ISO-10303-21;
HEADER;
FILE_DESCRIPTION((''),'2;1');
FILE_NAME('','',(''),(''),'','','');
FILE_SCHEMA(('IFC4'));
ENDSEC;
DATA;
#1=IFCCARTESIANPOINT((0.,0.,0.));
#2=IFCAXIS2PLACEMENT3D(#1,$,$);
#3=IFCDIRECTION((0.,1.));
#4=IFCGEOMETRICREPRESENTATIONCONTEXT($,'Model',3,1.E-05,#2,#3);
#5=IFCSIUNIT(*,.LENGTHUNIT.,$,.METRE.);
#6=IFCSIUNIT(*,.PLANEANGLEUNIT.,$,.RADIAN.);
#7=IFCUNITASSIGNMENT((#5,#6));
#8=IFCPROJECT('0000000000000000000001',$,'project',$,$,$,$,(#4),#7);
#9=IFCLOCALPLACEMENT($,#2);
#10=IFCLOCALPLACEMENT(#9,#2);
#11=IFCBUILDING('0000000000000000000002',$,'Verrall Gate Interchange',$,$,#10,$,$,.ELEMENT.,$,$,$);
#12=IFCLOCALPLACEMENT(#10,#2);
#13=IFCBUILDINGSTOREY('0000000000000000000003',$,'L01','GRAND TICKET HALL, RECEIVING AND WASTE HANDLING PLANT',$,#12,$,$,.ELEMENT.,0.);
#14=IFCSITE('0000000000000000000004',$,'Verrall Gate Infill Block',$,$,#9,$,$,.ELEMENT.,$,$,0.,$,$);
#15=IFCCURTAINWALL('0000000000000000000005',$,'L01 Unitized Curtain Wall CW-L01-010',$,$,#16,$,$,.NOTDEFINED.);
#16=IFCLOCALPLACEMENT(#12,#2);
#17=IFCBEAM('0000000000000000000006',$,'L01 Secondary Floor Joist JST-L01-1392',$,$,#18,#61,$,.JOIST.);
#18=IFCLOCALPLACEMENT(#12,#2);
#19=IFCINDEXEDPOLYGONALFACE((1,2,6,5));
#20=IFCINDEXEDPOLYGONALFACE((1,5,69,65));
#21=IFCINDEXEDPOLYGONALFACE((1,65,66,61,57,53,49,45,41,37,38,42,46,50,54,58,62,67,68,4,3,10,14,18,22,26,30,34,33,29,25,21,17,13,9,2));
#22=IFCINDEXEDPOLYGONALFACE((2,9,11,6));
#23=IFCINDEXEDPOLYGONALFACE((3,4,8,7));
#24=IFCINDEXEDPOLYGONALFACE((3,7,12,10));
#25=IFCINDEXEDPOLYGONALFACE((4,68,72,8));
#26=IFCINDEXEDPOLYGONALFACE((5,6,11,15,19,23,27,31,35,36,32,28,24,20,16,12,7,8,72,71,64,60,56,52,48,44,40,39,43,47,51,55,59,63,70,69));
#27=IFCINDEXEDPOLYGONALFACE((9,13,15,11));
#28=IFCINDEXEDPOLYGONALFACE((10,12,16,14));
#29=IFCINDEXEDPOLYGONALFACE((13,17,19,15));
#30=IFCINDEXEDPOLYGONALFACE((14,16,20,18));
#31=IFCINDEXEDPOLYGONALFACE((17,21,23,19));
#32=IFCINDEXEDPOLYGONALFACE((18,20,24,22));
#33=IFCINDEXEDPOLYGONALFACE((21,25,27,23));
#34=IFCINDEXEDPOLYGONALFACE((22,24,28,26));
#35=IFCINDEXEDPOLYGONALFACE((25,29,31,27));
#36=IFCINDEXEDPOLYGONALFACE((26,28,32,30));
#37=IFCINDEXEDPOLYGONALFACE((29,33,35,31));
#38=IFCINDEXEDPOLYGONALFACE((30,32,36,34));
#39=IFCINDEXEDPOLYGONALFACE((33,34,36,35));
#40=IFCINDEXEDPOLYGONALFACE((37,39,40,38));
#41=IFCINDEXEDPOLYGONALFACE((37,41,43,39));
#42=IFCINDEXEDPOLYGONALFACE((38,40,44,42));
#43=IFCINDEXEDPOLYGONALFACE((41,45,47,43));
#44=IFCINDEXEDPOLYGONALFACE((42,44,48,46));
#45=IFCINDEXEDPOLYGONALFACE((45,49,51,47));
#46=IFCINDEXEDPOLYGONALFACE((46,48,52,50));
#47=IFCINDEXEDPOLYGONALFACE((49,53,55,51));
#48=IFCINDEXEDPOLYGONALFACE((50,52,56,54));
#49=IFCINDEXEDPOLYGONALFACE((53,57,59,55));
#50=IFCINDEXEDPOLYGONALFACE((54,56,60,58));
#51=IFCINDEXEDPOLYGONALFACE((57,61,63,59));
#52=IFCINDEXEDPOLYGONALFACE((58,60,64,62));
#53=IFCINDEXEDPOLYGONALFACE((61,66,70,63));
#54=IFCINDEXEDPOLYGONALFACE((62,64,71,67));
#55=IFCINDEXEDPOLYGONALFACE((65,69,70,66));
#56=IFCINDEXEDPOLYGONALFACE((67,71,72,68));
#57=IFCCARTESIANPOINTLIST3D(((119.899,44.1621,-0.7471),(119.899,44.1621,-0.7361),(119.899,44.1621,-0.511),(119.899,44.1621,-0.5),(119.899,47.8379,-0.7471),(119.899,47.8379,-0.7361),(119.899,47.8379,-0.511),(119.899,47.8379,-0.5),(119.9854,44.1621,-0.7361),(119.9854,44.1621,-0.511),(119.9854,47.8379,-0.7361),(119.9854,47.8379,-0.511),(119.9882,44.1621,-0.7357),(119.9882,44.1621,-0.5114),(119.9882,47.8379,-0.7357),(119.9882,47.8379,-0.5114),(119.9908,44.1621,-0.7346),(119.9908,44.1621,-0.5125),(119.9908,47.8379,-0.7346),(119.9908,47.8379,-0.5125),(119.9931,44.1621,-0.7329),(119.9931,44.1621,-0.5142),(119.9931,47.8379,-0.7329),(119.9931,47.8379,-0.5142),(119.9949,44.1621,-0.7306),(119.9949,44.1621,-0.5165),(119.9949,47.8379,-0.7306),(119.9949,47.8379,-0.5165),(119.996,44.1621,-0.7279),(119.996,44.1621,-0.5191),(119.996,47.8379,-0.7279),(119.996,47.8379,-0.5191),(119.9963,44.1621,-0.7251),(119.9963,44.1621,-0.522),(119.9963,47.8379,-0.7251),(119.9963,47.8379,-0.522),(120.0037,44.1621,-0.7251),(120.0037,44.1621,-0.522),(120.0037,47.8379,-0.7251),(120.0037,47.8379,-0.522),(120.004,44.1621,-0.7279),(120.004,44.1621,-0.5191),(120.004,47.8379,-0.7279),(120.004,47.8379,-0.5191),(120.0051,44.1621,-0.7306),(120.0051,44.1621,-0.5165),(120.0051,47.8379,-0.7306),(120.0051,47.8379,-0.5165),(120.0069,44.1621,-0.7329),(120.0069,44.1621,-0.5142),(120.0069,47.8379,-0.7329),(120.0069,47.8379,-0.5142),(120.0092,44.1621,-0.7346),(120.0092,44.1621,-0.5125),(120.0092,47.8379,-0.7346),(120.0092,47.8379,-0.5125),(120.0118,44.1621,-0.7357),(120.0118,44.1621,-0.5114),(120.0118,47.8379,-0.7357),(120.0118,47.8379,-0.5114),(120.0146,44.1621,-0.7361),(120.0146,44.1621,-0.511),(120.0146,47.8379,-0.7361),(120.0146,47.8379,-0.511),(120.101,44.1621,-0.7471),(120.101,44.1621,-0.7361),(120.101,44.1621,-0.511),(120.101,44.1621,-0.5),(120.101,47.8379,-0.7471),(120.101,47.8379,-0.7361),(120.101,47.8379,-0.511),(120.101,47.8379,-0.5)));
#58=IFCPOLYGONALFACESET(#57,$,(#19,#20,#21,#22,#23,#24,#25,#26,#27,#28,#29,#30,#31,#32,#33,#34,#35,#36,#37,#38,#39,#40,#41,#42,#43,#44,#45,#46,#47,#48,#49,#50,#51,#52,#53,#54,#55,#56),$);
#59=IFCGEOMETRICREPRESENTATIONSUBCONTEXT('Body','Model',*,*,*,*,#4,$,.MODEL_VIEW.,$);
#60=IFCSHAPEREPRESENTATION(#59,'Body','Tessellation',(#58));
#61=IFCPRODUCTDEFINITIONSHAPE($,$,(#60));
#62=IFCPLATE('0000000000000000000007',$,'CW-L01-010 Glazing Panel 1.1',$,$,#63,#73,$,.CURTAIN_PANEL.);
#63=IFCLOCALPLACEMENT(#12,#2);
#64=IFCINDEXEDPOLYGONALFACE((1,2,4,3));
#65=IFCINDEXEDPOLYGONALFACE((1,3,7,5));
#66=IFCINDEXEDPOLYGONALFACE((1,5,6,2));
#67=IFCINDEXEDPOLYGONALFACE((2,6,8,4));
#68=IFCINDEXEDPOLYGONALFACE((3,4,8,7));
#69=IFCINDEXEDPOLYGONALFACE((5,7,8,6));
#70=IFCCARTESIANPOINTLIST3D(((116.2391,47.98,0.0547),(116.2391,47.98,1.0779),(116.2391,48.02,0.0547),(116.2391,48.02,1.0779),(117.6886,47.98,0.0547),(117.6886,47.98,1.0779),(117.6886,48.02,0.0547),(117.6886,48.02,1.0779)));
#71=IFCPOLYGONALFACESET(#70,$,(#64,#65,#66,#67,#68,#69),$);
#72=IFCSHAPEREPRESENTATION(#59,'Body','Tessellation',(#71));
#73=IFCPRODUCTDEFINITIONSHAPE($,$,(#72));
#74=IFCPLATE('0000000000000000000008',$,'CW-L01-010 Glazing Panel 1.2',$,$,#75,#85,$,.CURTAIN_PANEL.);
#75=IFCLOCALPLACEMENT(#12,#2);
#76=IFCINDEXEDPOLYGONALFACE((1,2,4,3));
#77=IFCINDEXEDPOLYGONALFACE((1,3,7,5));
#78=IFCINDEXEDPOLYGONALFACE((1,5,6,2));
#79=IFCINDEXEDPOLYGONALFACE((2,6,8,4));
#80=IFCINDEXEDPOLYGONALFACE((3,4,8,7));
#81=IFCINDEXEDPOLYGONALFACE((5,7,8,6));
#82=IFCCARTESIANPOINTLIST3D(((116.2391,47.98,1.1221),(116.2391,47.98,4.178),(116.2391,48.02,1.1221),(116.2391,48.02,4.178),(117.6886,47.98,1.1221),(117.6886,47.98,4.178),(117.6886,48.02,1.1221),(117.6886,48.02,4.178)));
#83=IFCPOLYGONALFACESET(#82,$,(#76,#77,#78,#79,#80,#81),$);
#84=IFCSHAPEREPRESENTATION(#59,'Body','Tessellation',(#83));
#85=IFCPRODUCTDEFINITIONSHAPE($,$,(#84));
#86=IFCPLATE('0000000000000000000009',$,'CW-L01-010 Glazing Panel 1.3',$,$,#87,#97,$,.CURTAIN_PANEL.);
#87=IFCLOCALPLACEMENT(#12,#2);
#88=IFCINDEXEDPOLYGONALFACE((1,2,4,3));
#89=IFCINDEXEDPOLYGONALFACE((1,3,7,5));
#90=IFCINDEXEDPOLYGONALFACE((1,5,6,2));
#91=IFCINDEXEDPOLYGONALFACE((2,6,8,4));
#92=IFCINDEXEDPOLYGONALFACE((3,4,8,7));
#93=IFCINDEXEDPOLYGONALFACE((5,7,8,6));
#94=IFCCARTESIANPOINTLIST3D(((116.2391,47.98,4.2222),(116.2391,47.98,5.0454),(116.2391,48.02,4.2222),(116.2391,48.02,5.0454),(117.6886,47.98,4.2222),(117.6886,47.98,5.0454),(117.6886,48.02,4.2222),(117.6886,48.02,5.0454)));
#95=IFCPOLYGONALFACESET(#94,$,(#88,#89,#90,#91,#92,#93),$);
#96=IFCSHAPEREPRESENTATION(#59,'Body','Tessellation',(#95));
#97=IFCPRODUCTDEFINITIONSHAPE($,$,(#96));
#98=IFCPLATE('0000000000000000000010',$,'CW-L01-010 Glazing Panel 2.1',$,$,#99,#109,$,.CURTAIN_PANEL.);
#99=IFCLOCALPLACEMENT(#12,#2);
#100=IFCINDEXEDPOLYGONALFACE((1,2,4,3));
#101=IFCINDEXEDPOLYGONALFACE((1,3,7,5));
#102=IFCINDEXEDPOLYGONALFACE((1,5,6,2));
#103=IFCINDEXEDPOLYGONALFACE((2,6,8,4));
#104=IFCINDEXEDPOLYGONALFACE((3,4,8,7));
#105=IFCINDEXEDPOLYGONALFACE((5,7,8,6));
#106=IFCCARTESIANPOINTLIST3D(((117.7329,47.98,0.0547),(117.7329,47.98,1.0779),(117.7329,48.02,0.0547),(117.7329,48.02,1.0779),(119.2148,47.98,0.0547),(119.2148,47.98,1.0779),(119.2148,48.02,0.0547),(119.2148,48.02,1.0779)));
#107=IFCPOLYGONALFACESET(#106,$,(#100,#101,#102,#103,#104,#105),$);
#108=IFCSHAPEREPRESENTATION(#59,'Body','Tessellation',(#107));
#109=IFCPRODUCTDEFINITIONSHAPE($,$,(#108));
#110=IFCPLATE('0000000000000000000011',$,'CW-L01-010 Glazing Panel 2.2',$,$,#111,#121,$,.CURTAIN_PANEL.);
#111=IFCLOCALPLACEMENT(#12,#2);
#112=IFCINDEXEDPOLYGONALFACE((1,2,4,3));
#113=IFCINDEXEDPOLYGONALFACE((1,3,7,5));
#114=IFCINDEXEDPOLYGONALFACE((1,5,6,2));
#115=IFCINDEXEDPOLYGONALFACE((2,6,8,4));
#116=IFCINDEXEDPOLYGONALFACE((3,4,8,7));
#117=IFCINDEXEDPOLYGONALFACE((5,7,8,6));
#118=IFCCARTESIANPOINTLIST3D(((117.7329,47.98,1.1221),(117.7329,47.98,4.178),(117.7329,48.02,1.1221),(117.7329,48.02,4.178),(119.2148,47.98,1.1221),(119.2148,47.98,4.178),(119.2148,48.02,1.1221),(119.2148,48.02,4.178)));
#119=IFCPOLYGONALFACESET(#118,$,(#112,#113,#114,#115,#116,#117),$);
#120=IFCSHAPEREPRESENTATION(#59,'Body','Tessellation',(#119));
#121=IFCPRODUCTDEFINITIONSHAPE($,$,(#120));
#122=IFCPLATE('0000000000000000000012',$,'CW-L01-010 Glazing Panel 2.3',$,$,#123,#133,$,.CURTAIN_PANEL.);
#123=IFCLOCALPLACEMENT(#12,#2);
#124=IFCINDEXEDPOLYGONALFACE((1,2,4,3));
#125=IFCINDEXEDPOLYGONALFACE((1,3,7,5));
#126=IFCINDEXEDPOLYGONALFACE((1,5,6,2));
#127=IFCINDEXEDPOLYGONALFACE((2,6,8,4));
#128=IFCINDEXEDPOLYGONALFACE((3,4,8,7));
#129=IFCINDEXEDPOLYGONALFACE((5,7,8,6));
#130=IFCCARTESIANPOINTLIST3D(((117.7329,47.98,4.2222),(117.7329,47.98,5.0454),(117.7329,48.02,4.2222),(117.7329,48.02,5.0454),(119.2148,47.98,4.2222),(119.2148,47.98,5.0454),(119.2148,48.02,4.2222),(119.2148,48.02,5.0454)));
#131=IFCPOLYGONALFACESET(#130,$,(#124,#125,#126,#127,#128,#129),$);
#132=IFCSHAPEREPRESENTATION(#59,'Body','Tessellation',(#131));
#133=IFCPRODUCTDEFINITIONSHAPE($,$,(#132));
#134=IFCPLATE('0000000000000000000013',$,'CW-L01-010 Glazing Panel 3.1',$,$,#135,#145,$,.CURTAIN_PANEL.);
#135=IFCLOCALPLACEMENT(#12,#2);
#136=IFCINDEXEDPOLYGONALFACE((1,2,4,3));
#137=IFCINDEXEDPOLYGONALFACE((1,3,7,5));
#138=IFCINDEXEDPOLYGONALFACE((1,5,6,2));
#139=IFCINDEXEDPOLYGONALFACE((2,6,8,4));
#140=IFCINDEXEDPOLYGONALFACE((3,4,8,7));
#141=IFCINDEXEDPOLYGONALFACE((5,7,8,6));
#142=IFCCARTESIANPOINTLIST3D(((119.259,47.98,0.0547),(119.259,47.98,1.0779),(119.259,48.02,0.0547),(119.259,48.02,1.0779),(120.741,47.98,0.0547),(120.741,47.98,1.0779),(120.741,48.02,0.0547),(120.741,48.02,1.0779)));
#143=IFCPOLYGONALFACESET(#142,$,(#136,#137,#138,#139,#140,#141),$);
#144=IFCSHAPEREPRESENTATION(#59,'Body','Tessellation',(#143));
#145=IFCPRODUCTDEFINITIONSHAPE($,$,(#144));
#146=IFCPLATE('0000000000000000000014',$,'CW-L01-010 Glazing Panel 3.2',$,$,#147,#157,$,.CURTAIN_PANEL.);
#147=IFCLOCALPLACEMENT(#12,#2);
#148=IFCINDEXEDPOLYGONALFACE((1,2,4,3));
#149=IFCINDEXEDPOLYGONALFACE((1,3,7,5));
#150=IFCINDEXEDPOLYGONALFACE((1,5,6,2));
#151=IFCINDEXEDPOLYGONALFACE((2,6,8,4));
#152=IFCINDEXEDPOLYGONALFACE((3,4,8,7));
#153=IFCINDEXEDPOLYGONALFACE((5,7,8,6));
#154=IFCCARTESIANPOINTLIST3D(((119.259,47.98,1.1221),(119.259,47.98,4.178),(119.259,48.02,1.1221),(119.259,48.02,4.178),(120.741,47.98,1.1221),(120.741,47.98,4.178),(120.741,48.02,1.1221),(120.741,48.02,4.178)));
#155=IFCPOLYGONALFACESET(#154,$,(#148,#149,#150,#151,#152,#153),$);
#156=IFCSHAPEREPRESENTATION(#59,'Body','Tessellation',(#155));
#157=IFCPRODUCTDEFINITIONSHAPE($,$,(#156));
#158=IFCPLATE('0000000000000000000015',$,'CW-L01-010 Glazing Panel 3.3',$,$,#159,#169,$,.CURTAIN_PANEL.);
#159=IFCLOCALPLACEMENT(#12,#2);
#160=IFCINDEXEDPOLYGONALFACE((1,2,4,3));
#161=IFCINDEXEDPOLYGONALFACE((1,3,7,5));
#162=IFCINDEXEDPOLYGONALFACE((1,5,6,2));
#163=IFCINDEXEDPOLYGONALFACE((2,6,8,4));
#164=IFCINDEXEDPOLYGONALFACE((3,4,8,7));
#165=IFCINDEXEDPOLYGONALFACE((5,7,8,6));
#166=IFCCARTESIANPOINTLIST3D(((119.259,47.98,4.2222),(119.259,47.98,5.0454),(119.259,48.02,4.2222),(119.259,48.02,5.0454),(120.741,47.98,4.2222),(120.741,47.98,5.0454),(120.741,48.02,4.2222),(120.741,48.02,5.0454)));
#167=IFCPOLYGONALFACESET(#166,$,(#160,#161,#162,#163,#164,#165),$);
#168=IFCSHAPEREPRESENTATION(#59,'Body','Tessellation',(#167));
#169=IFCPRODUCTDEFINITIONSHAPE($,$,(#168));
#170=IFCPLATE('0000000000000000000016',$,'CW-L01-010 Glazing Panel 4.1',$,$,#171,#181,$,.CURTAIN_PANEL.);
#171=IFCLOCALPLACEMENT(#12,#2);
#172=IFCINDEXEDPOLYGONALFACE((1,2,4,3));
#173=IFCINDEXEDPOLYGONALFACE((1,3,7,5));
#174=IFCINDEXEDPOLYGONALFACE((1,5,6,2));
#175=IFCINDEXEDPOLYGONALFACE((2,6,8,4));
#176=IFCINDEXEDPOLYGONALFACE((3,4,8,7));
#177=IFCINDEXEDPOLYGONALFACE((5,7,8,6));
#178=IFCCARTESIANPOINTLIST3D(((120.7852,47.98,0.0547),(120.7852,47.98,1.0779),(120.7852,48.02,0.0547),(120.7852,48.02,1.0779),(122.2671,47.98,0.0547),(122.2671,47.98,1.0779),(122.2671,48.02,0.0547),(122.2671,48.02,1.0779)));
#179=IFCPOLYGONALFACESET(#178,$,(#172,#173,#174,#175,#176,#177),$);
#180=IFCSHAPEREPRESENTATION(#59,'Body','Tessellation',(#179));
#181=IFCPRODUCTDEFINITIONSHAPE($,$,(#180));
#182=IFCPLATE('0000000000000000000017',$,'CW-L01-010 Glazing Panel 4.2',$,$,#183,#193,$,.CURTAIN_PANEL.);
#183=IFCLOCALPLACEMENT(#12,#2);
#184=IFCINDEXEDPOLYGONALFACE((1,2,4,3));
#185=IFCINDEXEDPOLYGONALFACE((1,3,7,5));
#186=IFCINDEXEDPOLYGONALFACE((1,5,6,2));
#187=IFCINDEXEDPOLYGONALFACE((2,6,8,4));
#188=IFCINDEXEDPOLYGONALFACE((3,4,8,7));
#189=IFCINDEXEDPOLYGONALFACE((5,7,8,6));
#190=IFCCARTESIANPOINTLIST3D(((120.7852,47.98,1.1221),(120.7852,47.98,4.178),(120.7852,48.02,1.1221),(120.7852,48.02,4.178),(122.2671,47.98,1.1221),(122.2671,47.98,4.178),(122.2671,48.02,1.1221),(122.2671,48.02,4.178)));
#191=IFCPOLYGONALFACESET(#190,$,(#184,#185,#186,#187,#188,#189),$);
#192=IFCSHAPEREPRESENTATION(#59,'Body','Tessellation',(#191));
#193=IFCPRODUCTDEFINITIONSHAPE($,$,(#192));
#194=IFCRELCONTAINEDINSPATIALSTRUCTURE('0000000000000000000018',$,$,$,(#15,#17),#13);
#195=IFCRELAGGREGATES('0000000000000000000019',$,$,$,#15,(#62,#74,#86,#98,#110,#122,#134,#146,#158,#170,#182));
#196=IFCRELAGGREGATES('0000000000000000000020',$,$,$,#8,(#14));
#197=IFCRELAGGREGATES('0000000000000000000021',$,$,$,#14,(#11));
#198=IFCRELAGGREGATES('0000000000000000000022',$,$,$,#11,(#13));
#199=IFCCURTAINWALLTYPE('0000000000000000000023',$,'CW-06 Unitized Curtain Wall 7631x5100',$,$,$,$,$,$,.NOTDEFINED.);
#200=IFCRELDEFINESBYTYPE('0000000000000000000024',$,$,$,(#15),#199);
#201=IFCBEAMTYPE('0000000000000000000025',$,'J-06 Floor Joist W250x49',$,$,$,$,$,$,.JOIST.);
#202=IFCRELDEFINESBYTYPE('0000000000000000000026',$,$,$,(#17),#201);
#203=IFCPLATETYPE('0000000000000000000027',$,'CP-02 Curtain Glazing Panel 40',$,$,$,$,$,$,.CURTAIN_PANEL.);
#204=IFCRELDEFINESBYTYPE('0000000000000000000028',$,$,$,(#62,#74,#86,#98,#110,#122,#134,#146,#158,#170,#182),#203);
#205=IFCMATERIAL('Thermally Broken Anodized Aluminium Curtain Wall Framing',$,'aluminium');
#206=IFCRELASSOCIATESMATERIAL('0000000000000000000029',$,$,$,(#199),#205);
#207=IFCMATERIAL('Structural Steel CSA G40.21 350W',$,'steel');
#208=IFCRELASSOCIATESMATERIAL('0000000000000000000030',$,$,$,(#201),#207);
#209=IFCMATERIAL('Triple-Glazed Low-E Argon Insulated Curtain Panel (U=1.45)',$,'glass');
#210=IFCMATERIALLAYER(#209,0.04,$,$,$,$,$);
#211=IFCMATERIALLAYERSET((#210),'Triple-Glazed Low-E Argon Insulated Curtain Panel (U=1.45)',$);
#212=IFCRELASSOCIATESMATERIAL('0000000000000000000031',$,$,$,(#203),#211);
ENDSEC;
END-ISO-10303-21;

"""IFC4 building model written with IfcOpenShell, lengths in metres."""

from ifc_helpers import new_model, si_unit, direction, frame, origin, origin_2d, place, context, subcontext, project, spatial, rectangle, i_section, extrude, material, layer, layer_set, material_profile, profile_set, type_object, element, aggregate, save


model = new_model("IFC4")

# Units and contexts
model_context = context("Model", 3, precision=1e-05, world=origin(), true_north=direction((0.0, 1.0)))
body_context = subcontext(model_context, "Body", "Model", "MODEL_VIEW")
ifc_project = project(units=[si_unit("LENGTHUNIT", "METRE"), si_unit("PLANEANGLEUNIT", "RADIAN")], contexts=[model_context])

# Site, building, storey
site_placement = place(None, origin())
site = spatial("IfcSite", under=ifc_project, at=site_placement, Name="Verrall Gate Infill Block", CompositionType="ELEMENT", RefElevation=0.0)
building_placement = place(site_placement, origin())
building = spatial("IfcBuilding", under=site, at=building_placement, Name="Verrall Gate Interchange", CompositionType="ELEMENT")
storey_placement = place(building_placement, origin())
storey = spatial("IfcBuildingStorey", under=building, at=storey_placement, Name="L01", Description="GRAND TICKET HALL, RECEIVING AND WASTE HANDLING PLANT", CompositionType="ELEMENT", Elevation=0.0)

# Curtain wall
ifc_material_1 = material(Name="Thermally Broken Anodized Aluminium Curtain Wall Framing", Category="aluminium")
curtain_wall_type = type_object("IfcCurtainWallType", Name="CW-06 Unitized Curtain Wall 7631x5100", PredefinedType="NOTDEFINED", material=ifc_material_1)
curtain_wall_placement = place(storey_placement, origin())
curtain_wall = element("IfcCurtainWall", 1, at=curtain_wall_placement, inside=storey, type_object=curtain_wall_type, Name="L01 Unitized Curtain Wall CW-L01-010", PredefinedType="NOTDEFINED")

# Beam
ifc_material_2 = material(Name="Structural Steel CSA G40.21 350W", Category="steel")
ifc_material_profile_1 = material_profile(ifc_material_2, i_section(OverallWidth=0.2019, OverallDepth=0.2471, WebThickness=0.0073, FlangeThickness=0.011, FilletRadius=0.011, at=origin_2d()), Name="W250x49")
ifc_profile_set_1 = profile_set([ifc_material_profile_1], Name="Structural Steel CSA G40.21 350W")
beam_type_1 = type_object("IfcBeamType", Name="J-06 Floor Joist W250x49", PredefinedType="JOIST", material=ifc_profile_set_1)
beam_1_placement = place(storey_placement, frame((120.0, 44.1621, -0.6235), z_axis=(0.0, 1.0, 0.0), x_axis=(-1.0, 0.0, 0.0)))
element("IfcBeam", 2, at=beam_1_placement, inside=storey, type_object=beam_type_1, Name="L01 Secondary Floor Joist JST-L01-1392", PredefinedType="JOIST", context=body_context, shape_type="SweptSolid", body=[
    extrude(i_section(OverallWidth=0.2019, OverallDepth=0.2471, WebThickness=0.0073, FlangeThickness=0.011, FilletRadius=0.011, at=origin_2d()), origin(), (0.0, 0.0, 1.0), 3.6758),
])

# Plates
ifc_material_3 = material(Name="Triple-Glazed Low-E Argon Insulated Curtain Panel (U=1.45)", Category="glass")
ifc_layer = layer(ifc_material_3, 0.04)
ifc_layer_set = layer_set([ifc_layer], Name="Triple-Glazed Low-E Argon Insulated Curtain Panel (U=1.45)")
plate_type = type_object("IfcPlateType", Name="CP-02 Curtain Glazing Panel 40", PredefinedType="CURTAIN_PANEL", material=ifc_layer_set)
plate_1_placement = place(storey_placement, frame((116.9639, 48.0, 0.0547), z_axis=(0.0, 0.0, 1.0), x_axis=(1.0, 0.0, 0.0)))
plate_1 = element("IfcPlate", 3, at=plate_1_placement, type_object=plate_type, Name="CW-L01-010 Glazing Panel 1.1", PredefinedType="CURTAIN_PANEL", context=body_context, shape_type="SweptSolid", body=[
    extrude(rectangle(XDim=1.4495, YDim=0.04, at=origin_2d()), origin(), (0.0, 0.0, 1.0), 1.0232),
])
plate_2_placement = place(storey_placement, frame((116.9639, 48.0, 1.1221), z_axis=(0.0, 0.0, 1.0), x_axis=(1.0, 0.0, 0.0)))
plate_2 = element("IfcPlate", 4, at=plate_2_placement, type_object=plate_type, Name="CW-L01-010 Glazing Panel 1.2", PredefinedType="CURTAIN_PANEL", context=body_context, shape_type="SweptSolid", body=[
    extrude(rectangle(XDim=1.4495, YDim=0.04, at=origin_2d()), origin(), (0.0, 0.0, 1.0), 3.0559),
])
plate_3_placement = place(storey_placement, frame((116.9639, 48.0, 4.2222), z_axis=(0.0, 0.0, 1.0), x_axis=(1.0, 0.0, 0.0)))
plate_3 = element("IfcPlate", 5, at=plate_3_placement, type_object=plate_type, Name="CW-L01-010 Glazing Panel 1.3", PredefinedType="CURTAIN_PANEL", context=body_context, shape_type="SweptSolid", body=[
    extrude(rectangle(XDim=1.4495, YDim=0.04, at=origin_2d()), origin(), (0.0, 0.0, 1.0), 0.8232),
])
plate_4_placement = place(storey_placement, frame((118.4739, 48.0, 0.0547), z_axis=(0.0, 0.0, 1.0), x_axis=(1.0, 0.0, 0.0)))
plate_4 = element("IfcPlate", 6, at=plate_4_placement, type_object=plate_type, Name="CW-L01-010 Glazing Panel 2.1", PredefinedType="CURTAIN_PANEL", context=body_context, shape_type="SweptSolid", body=[
    extrude(rectangle(XDim=1.4819, YDim=0.04, at=origin_2d()), origin(), (0.0, 0.0, 1.0), 1.0232),
])
plate_5_placement = place(storey_placement, frame((118.4739, 48.0, 1.1221), z_axis=(0.0, 0.0, 1.0), x_axis=(1.0, 0.0, 0.0)))
plate_5 = element("IfcPlate", 7, at=plate_5_placement, type_object=plate_type, Name="CW-L01-010 Glazing Panel 2.2", PredefinedType="CURTAIN_PANEL", context=body_context, shape_type="SweptSolid", body=[
    extrude(rectangle(XDim=1.4819, YDim=0.04, at=origin_2d()), origin(), (0.0, 0.0, 1.0), 3.0559),
])
plate_6_placement = place(storey_placement, frame((118.4739, 48.0, 4.2222), z_axis=(0.0, 0.0, 1.0), x_axis=(1.0, 0.0, 0.0)))
plate_6 = element("IfcPlate", 8, at=plate_6_placement, type_object=plate_type, Name="CW-L01-010 Glazing Panel 2.3", PredefinedType="CURTAIN_PANEL", context=body_context, shape_type="SweptSolid", body=[
    extrude(rectangle(XDim=1.4819, YDim=0.04, at=origin_2d()), origin(), (0.0, 0.0, 1.0), 0.8232),
])
plate_7_placement = place(storey_placement, frame((120.0, 48.0, 0.0547), z_axis=(0.0, 0.0, 1.0), x_axis=(1.0, 0.0, 0.0)))
plate_7 = element("IfcPlate", 9, at=plate_7_placement, type_object=plate_type, Name="CW-L01-010 Glazing Panel 3.1", PredefinedType="CURTAIN_PANEL", context=body_context, shape_type="SweptSolid", body=[
    extrude(rectangle(XDim=1.4819, YDim=0.04, at=origin_2d()), origin(), (0.0, 0.0, 1.0), 1.0232),
])
plate_8_placement = place(storey_placement, frame((120.0, 48.0, 1.1221), z_axis=(0.0, 0.0, 1.0), x_axis=(1.0, 0.0, 0.0)))
plate_8 = element("IfcPlate", 10, at=plate_8_placement, type_object=plate_type, Name="CW-L01-010 Glazing Panel 3.2", PredefinedType="CURTAIN_PANEL", context=body_context, shape_type="SweptSolid", body=[
    extrude(rectangle(XDim=1.4819, YDim=0.04, at=origin_2d()), origin(), (0.0, 0.0, 1.0), 3.0559),
])
plate_9_placement = place(storey_placement, frame((120.0, 48.0, 4.2222), z_axis=(0.0, 0.0, 1.0), x_axis=(1.0, 0.0, 0.0)))
plate_9 = element("IfcPlate", 11, at=plate_9_placement, type_object=plate_type, Name="CW-L01-010 Glazing Panel 3.3", PredefinedType="CURTAIN_PANEL", context=body_context, shape_type="SweptSolid", body=[
    extrude(rectangle(XDim=1.4819, YDim=0.04, at=origin_2d()), origin(), (0.0, 0.0, 1.0), 0.8232),
])
plate_10_placement = place(storey_placement, frame((121.5261, 48.0, 0.0547), z_axis=(0.0, 0.0, 1.0), x_axis=(1.0, 0.0, 0.0)))
plate_10 = element("IfcPlate", 12, at=plate_10_placement, type_object=plate_type, Name="CW-L01-010 Glazing Panel 4.1", PredefinedType="CURTAIN_PANEL", context=body_context, shape_type="SweptSolid", body=[
    extrude(rectangle(XDim=1.4819, YDim=0.04, at=origin_2d()), origin(), (0.0, 0.0, 1.0), 1.0232),
])
plate_11_placement = place(storey_placement, frame((121.5261, 48.0, 1.1221), z_axis=(0.0, 0.0, 1.0), x_axis=(1.0, 0.0, 0.0)))
plate_11 = element("IfcPlate", 13, at=plate_11_placement, type_object=plate_type, Name="CW-L01-010 Glazing Panel 4.2", PredefinedType="CURTAIN_PANEL", context=body_context, shape_type="SweptSolid", body=[
    extrude(rectangle(XDim=1.4819, YDim=0.04, at=origin_2d()), origin(), (0.0, 0.0, 1.0), 3.0559),
])
aggregate(curtain_wall, [plate_1, plate_2, plate_3, plate_4, plate_5, plate_6, plate_7, plate_8, plate_9, plate_10, plate_11])

save(model, "model.ifc")
